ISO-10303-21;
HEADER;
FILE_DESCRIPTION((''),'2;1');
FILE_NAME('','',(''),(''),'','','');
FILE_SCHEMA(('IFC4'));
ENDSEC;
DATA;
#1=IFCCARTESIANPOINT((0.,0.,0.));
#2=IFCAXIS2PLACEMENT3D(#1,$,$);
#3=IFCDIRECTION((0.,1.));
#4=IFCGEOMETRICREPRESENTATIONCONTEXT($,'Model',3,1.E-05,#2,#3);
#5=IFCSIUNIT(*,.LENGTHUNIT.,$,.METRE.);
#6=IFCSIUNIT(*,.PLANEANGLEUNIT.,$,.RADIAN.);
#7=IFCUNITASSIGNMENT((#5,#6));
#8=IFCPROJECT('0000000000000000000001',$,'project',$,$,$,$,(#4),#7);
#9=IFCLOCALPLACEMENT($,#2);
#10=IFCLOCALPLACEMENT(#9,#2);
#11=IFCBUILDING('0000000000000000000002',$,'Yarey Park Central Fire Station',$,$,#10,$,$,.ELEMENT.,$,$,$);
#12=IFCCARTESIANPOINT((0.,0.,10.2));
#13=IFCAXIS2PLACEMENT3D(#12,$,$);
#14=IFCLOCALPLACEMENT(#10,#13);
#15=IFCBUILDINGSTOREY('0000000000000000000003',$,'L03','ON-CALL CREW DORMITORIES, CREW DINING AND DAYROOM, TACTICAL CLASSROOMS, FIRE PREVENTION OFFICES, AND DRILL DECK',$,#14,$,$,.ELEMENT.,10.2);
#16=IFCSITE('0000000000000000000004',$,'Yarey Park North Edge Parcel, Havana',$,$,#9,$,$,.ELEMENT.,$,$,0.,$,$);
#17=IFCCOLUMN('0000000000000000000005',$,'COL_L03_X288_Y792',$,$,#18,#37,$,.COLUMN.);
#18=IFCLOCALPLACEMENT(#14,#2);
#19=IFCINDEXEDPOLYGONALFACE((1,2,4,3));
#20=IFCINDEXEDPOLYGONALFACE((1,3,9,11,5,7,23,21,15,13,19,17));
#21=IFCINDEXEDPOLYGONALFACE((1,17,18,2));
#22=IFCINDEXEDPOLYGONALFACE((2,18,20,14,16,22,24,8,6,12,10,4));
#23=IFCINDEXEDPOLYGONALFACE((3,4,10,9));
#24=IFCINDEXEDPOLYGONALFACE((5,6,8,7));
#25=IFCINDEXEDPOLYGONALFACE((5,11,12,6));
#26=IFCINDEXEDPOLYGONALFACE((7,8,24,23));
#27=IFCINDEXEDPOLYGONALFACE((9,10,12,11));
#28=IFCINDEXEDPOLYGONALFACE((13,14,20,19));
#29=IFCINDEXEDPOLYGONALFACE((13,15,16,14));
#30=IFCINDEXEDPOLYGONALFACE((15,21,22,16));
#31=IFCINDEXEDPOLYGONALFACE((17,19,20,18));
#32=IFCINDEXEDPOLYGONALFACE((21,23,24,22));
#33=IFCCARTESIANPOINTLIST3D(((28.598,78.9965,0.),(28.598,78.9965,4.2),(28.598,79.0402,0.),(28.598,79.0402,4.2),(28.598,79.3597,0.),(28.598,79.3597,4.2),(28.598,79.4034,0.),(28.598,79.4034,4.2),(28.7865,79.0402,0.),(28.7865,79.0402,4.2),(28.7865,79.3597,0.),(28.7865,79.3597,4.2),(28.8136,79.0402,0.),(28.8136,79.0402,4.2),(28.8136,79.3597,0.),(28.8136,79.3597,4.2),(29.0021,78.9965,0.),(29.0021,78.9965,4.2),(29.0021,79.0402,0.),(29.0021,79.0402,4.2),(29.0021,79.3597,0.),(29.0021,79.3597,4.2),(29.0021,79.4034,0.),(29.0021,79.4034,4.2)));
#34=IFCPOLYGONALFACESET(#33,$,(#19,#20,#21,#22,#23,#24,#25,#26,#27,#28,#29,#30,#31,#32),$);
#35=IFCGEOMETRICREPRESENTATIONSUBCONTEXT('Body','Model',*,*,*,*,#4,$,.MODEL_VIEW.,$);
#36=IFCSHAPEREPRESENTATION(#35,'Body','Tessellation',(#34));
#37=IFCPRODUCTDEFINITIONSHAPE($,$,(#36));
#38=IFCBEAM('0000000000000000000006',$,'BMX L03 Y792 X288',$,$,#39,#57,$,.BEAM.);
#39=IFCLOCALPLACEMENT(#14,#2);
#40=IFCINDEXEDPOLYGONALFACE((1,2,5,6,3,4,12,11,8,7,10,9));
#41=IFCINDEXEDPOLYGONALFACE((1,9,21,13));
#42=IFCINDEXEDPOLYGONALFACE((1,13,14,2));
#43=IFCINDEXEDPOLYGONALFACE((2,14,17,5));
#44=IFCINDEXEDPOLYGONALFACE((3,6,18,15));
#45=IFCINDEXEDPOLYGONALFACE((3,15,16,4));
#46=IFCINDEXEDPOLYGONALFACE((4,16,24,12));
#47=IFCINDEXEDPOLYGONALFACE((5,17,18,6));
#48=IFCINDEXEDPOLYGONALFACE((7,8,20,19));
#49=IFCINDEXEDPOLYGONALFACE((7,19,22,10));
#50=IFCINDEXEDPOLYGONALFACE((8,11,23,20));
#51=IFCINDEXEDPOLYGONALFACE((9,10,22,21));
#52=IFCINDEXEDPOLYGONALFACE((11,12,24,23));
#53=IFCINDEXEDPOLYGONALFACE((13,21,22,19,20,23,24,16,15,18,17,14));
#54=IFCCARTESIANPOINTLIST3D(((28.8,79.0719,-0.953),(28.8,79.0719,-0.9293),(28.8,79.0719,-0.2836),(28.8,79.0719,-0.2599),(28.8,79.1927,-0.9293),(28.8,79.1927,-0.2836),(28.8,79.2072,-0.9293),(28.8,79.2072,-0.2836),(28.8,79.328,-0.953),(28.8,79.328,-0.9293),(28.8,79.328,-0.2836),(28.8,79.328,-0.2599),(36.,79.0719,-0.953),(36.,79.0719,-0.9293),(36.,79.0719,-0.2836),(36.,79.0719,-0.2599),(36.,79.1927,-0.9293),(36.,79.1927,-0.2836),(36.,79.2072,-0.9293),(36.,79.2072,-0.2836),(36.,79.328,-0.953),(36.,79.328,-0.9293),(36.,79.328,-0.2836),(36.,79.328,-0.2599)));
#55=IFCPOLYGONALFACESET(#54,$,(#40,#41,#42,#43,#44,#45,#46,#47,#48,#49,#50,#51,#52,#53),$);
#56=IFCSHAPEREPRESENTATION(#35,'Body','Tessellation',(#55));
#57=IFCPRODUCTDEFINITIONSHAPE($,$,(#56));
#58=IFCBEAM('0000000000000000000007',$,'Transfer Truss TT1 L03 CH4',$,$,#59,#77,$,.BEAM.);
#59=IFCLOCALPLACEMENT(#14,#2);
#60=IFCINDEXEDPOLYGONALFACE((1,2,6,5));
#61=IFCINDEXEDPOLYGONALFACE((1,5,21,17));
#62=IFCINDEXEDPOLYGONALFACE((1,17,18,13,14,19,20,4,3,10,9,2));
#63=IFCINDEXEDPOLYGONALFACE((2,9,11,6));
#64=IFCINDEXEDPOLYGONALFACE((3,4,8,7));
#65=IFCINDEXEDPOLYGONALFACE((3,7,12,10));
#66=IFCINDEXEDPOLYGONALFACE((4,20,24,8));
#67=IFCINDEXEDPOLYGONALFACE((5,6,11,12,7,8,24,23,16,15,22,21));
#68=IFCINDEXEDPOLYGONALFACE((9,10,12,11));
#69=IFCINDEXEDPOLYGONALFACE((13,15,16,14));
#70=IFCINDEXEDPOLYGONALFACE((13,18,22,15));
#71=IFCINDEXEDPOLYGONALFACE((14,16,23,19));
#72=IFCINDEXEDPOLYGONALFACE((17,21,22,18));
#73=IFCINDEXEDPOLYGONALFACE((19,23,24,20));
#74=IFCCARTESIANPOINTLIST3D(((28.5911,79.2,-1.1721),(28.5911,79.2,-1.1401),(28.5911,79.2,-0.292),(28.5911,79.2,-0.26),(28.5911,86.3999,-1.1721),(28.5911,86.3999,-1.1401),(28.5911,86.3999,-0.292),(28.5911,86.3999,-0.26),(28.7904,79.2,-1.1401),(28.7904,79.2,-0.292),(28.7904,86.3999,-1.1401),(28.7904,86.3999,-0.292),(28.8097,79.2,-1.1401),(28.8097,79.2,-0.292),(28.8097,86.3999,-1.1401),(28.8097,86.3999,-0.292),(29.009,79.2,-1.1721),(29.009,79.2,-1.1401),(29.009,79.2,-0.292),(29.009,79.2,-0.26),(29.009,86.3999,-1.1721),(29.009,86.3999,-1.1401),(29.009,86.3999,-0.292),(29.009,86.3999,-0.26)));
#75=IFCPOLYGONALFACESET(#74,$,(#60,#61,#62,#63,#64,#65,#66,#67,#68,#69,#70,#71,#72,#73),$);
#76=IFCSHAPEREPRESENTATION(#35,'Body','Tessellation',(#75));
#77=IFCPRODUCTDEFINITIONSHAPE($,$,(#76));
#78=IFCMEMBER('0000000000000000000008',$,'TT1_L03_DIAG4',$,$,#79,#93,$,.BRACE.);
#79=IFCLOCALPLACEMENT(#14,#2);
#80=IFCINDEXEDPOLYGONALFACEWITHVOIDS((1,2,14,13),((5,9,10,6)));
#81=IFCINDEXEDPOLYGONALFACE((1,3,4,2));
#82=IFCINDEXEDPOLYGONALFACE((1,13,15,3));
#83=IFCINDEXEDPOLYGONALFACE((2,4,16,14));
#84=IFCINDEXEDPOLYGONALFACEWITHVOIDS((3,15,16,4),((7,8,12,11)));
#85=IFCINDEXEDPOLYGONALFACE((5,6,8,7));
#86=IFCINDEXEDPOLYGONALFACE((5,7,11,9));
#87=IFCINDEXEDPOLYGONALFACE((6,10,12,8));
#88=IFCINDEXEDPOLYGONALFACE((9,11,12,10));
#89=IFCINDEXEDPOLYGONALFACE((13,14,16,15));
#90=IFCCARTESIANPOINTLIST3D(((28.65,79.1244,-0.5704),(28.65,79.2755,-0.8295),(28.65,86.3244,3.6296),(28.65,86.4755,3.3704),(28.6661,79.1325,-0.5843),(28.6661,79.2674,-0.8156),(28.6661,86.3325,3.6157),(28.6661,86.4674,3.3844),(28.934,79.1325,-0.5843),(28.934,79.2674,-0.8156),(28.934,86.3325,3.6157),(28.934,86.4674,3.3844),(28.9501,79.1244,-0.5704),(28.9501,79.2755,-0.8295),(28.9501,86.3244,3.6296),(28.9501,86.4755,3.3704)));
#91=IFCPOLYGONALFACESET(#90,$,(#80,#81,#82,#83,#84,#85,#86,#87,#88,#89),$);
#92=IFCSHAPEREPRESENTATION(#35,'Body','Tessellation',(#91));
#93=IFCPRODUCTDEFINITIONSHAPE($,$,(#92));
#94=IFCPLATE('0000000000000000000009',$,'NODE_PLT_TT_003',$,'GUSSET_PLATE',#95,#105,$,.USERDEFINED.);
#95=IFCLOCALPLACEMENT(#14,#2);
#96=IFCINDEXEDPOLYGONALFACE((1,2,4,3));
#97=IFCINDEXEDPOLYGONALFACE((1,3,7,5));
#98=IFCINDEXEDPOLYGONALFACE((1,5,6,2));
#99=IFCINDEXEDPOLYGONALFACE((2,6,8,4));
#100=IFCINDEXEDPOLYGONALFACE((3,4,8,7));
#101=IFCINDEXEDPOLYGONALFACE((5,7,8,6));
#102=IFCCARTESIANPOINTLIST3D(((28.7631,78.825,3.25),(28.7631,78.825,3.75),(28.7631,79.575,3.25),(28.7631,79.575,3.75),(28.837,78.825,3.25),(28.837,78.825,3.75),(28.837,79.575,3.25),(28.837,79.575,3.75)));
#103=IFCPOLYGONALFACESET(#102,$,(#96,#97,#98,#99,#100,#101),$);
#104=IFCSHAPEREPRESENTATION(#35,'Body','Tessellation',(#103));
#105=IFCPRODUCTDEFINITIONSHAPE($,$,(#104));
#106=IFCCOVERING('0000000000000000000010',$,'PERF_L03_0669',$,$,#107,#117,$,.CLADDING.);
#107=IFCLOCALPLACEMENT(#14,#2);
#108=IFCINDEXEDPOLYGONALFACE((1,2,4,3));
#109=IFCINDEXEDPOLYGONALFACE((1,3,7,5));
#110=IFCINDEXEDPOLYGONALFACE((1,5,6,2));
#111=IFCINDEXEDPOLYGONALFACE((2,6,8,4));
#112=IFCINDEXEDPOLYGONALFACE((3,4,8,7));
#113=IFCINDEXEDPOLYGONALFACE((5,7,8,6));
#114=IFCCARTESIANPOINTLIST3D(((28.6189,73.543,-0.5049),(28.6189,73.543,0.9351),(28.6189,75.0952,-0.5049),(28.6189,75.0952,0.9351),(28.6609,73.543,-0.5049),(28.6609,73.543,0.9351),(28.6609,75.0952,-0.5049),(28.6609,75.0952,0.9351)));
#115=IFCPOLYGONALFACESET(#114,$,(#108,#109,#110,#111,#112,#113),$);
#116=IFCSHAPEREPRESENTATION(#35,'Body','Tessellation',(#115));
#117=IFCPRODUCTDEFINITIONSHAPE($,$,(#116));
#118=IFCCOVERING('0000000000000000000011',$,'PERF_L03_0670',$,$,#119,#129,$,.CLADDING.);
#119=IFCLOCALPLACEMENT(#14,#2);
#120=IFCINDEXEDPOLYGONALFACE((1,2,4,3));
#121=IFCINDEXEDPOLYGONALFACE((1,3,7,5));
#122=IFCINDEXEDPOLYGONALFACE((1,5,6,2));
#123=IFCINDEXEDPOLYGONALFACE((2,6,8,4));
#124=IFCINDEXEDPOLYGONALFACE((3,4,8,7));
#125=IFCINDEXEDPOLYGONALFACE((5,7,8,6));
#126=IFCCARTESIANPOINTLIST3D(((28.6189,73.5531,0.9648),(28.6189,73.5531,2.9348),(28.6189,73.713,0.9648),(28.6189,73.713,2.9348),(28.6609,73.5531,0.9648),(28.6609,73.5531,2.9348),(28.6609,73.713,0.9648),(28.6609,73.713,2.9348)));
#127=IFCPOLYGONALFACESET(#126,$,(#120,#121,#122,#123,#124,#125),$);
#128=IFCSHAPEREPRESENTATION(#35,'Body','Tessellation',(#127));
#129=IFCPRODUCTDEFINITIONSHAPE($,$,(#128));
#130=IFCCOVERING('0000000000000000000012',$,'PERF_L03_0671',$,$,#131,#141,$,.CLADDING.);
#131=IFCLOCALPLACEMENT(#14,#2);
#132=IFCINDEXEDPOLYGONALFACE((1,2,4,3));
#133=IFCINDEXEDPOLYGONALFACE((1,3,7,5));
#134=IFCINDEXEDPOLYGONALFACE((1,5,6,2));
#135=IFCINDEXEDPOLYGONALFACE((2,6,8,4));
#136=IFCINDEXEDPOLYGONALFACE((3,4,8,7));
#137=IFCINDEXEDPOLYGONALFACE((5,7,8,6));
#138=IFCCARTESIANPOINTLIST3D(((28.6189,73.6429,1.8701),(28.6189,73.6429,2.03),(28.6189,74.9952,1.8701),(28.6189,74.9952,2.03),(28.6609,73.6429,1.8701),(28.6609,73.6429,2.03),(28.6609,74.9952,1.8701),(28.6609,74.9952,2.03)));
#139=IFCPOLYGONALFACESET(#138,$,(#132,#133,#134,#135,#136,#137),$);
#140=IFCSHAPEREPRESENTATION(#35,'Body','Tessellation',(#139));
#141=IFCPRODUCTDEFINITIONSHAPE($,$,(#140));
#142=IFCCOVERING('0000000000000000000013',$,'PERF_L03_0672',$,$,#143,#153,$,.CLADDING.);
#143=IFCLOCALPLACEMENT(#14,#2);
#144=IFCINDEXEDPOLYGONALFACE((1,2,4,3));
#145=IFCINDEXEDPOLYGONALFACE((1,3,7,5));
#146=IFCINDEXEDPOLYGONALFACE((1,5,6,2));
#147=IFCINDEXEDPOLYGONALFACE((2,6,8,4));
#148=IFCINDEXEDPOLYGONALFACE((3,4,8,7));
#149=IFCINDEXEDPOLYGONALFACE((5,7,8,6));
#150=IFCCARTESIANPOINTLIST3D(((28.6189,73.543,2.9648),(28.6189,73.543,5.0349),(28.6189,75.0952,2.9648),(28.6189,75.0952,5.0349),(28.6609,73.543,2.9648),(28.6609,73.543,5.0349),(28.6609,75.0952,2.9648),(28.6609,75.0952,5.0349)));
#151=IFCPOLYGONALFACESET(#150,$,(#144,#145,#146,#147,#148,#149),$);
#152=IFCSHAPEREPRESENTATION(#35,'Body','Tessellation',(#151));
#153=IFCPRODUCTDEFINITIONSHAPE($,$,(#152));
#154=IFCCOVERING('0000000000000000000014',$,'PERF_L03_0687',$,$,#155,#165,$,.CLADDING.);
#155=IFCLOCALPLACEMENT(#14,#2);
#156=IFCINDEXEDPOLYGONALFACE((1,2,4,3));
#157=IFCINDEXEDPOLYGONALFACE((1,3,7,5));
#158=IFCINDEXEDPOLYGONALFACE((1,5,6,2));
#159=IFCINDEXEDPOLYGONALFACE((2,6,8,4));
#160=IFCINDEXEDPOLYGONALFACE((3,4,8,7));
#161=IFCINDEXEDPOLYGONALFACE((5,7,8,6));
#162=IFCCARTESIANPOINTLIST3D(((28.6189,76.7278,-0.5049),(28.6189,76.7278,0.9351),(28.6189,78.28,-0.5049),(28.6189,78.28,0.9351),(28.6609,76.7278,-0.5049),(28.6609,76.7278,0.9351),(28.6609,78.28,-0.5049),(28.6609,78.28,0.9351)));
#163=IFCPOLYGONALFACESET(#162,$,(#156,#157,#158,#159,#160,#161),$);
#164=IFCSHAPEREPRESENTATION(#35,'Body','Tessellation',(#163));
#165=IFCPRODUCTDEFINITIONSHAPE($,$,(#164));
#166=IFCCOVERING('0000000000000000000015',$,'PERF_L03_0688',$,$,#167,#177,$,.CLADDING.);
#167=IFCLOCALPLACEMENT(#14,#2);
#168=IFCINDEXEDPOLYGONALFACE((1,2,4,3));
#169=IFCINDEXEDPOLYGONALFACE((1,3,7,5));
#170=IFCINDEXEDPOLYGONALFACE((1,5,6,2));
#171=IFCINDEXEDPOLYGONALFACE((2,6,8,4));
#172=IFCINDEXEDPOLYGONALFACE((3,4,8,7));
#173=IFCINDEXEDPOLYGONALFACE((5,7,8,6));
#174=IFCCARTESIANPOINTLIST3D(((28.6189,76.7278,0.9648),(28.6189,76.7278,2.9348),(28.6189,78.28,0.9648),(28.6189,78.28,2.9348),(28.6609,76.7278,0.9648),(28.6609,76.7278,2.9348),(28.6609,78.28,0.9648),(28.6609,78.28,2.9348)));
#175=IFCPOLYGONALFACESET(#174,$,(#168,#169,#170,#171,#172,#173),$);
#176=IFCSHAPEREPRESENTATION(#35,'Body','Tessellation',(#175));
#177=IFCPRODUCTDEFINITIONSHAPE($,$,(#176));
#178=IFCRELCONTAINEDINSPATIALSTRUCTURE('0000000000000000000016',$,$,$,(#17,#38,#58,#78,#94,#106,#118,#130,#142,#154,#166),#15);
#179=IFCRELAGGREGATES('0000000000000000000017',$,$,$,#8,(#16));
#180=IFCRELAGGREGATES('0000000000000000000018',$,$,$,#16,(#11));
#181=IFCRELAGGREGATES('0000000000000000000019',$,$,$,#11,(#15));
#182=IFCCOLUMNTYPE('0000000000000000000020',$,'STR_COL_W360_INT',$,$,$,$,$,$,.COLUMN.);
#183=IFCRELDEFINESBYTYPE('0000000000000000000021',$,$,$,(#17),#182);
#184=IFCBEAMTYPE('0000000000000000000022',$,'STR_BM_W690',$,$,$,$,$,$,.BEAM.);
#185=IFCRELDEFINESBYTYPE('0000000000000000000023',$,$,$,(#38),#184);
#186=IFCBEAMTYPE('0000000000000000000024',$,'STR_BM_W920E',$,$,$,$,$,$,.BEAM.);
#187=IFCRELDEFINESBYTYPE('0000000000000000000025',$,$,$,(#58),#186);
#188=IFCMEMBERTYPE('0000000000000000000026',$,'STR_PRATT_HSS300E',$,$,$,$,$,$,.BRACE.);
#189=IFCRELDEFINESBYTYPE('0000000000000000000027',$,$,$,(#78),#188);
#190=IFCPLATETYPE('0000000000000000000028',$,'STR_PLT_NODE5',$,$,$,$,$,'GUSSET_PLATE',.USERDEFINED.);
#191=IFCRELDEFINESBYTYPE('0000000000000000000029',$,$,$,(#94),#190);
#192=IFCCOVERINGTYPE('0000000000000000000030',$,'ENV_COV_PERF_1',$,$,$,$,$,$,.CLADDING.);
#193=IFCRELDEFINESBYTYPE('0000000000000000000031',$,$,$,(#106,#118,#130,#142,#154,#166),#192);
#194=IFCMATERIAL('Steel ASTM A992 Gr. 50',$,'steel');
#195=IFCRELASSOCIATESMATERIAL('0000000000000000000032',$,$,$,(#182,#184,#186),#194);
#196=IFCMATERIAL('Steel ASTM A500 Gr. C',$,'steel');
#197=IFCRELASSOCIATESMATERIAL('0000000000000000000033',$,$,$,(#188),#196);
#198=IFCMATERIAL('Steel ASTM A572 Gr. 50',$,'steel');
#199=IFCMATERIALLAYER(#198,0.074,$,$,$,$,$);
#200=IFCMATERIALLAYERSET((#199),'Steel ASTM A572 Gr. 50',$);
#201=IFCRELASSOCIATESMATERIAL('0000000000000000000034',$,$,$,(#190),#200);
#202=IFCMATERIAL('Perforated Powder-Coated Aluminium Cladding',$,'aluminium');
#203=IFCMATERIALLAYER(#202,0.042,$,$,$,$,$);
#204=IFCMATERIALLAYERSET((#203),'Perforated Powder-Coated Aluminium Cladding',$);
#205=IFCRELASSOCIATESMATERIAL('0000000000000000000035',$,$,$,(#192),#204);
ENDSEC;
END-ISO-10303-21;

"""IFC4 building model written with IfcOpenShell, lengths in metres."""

from ifc_helpers import new_model, si_unit, direction, frame, origin, origin_2d, place, context, subcontext, project, spatial, rectangle, hollow_rectangle, i_section, extrude, material, layer, layer_set, material_profile, profile_set, type_object, element, save


model = new_model("IFC4")

# Units and contexts
model_context = context("Model", 3, precision=1e-05, world=origin(), true_north=direction((0.0, 1.0)))
body_context = subcontext(model_context, "Body", "Model", "MODEL_VIEW")
ifc_project = project(units=[si_unit("LENGTHUNIT", "METRE"), si_unit("PLANEANGLEUNIT", "RADIAN")], contexts=[model_context])

# Site, building, storey
site_placement = place(None, origin())
site = spatial("IfcSite", under=ifc_project, at=site_placement, Name="Yarey Park North Edge Parcel, Havana", CompositionType="ELEMENT", RefElevation=0.0)
building_placement = place(site_placement, origin())
building = spatial("IfcBuilding", under=site, at=building_placement, Name="Yarey Park Central Fire Station", CompositionType="ELEMENT")
storey_placement = place(building_placement, frame((0.0, 0.0, 10.2)))
storey = spatial("IfcBuildingStorey", under=building, at=storey_placement, Name="L03", Description="ON-CALL CREW DORMITORIES, CREW DINING AND DAYROOM, TACTICAL CLASSROOMS, FIRE PREVENTION OFFICES, AND DRILL DECK", CompositionType="ELEMENT", Elevation=10.2)

# Column
ifc_material_1 = material(Name="Steel ASTM A992 Gr. 50", Category="steel")
ifc_material_profile_1 = material_profile(ifc_material_1, i_section(OverallWidth=0.4041, OverallDepth=0.407, WebThickness=0.0271, FlangeThickness=0.0437, at=origin_2d()), Name="W360x347")
ifc_profile_set_1 = profile_set([ifc_material_profile_1], Name="Steel ASTM A992 Gr. 50")
column_type = type_object("IfcColumnType", Name="STR_COL_W360_INT", PredefinedType="COLUMN", material=ifc_profile_set_1)
column_placement = place(storey_placement, frame((28.8, 79.2, 0.0), z_axis=(0.0, 0.0, 1.0), x_axis=(1.0, 0.0, 0.0)))
element("IfcColumn", 1, at=column_placement, inside=storey, type_object=column_type, Name="COL_L03_X288_Y792", PredefinedType="COLUMN", context=body_context, shape_type="SweptSolid", body=[
    extrude(i_section(OverallWidth=0.4041, OverallDepth=0.407, WebThickness=0.0271, FlangeThickness=0.0437, at=origin_2d()), origin(), (0.0, 0.0, 1.0), 4.2),
])

# Beams
ifc_material_profile_2 = material_profile(ifc_material_1, i_section(OverallWidth=0.2561, OverallDepth=0.6931, WebThickness=0.0144, FlangeThickness=0.0237, at=origin_2d()), Name="W690x170")
ifc_profile_set_2 = profile_set([ifc_material_profile_2], Name="Steel ASTM A992 Gr. 50")
beam_type_1 = type_object("IfcBeamType", Name="STR_BM_W690", PredefinedType="BEAM", material=ifc_profile_set_2)
beam_1_placement = place(storey_placement, frame((28.8, 79.2, -0.6064), z_axis=(1.0, 0.0, 0.0), x_axis=(0.0, 1.0, 0.0)))
element("IfcBeam", 2, at=beam_1_placement, inside=storey, type_object=beam_type_1, Name="BMX L03 Y792 X288", PredefinedType="BEAM", context=body_context, shape_type="SweptSolid", body=[
    extrude(i_section(OverallWidth=0.2561, OverallDepth=0.6931, WebThickness=0.0144, FlangeThickness=0.0237, at=origin_2d()), origin(), (0.0, 0.0, 1.0), 7.2),
])
ifc_material_profile_3 = material_profile(ifc_material_1, i_section(OverallWidth=0.418, OverallDepth=0.9121, WebThickness=0.0193, FlangeThickness=0.032, at=origin_2d()), Name="W920x342")
ifc_profile_set_3 = profile_set([ifc_material_profile_3], Name="Steel ASTM A992 Gr. 50")
beam_type_2 = type_object("IfcBeamType", Name="STR_BM_W920E", PredefinedType="BEAM", material=ifc_profile_set_3)
beam_2_placement = place(storey_placement, frame((28.8, 79.2, -0.7161), z_axis=(0.0, 1.0, 0.0), x_axis=(-1.0, 0.0, 0.0)))
element("IfcBeam", 3, at=beam_2_placement, inside=storey, type_object=beam_type_2, Name="Transfer Truss TT1 L03 CH4", PredefinedType="BEAM", context=body_context, shape_type="SweptSolid", body=[
    extrude(i_section(OverallWidth=0.418, OverallDepth=0.9121, WebThickness=0.0193, FlangeThickness=0.032, at=origin_2d()), origin(), (0.0, 0.0, 1.0), 7.2),
])

# Member
ifc_material_2 = material(Name="Steel ASTM A500 Gr. C", Category="steel")
ifc_material_profile_4 = material_profile(ifc_material_2, hollow_rectangle(XDim=0.3, YDim=0.3, WallThickness=0.0161, at=origin_2d()), Name="HSS 300x300x16")
ifc_profile_set_4 = profile_set([ifc_material_profile_4], Name="Steel ASTM A500 Gr. C")
member_type = type_object("IfcMemberType", Name="STR_PRATT_HSS300E", PredefinedType="BRACE", material=ifc_profile_set_4)
member_placement = place(storey_placement, frame((28.8, 79.2, -0.7), z_axis=(0.0, 0.86378, 0.503869), x_axis=(-1.0, 0.0, 0.0)))
element("IfcMember", 4, at=member_placement, inside=storey, type_object=member_type, Name="TT1_L03_DIAG4", PredefinedType="BRACE", context=body_context, shape_type="SweptSolid", body=[
    extrude(hollow_rectangle(XDim=0.3, YDim=0.3, WallThickness=0.0161, at=origin_2d()), origin(), (0.0, 0.0, 1.0), 8.3354),
])

# Plate
ifc_material_3 = material(Name="Steel ASTM A572 Gr. 50", Category="steel")
ifc_layer_1 = layer(ifc_material_3, 0.074)
ifc_layer_set_1 = layer_set([ifc_layer_1], Name="Steel ASTM A572 Gr. 50")
plate_type = type_object("IfcPlateType", Name="STR_PLT_NODE5", ElementType="GUSSET_PLATE", PredefinedType="USERDEFINED", material=ifc_layer_set_1)
plate_placement = place(storey_placement, frame((28.8, 79.2, 3.25), z_axis=(0.0, 0.0, 1.0), x_axis=(1.0, 0.0, 0.0)))
element("IfcPlate", 5, at=plate_placement, inside=storey, type_object=plate_type, Name="NODE_PLT_TT_003", ObjectType="GUSSET_PLATE", PredefinedType="USERDEFINED", context=body_context, shape_type="SweptSolid", body=[
    extrude(rectangle(XDim=0.074, YDim=0.75, at=origin_2d()), origin(), (0.0, 0.0, 1.0), 0.5),
])

# Coverings
ifc_material_4 = material(Name="Perforated Powder-Coated Aluminium Cladding", Category="aluminium")
ifc_layer_2 = layer(ifc_material_4, 0.042)
ifc_layer_set_2 = layer_set([ifc_layer_2], Name="Perforated Powder-Coated Aluminium Cladding")
covering_type_1 = type_object("IfcCoveringType", Name="ENV_COV_PERF_1", PredefinedType="CLADDING", material=ifc_layer_set_2)
covering_1_placement = place(storey_placement, frame((28.6399, 74.3191, -0.5049), z_axis=(0.0, 0.0, 1.0), x_axis=(0.0, 1.0, 0.0)))
element("IfcCovering", 6, at=covering_1_placement, inside=storey, type_object=covering_type_1, Name="PERF_L03_0669", PredefinedType="CLADDING", context=body_context, shape_type="SweptSolid", body=[
    extrude(rectangle(XDim=1.5522, YDim=0.042, at=origin_2d()), origin(), (0.0, 0.0, 1.0), 1.4399),
])
covering_2_placement = place(storey_placement, frame((28.6399, 73.6331, 0.9648), z_axis=(0.0, 0.0, 1.0), x_axis=(0.0, 1.0, 0.0)))
element("IfcCovering", 7, at=covering_2_placement, inside=storey, type_object=covering_type_1, Name="PERF_L03_0670", PredefinedType="CLADDING", context=body_context, shape_type="SweptSolid", body=[
    extrude(rectangle(XDim=0.1599, YDim=0.042, at=origin_2d()), origin(), (0.0, 0.0, 1.0), 1.97),
])
covering_3_placement = place(storey_placement, frame((28.6399, 74.3191, 1.8701), z_axis=(0.0, 0.0, 1.0), x_axis=(0.0, 1.0, 0.0)))
element("IfcCovering", 8, at=covering_3_placement, inside=storey, type_object=covering_type_1, Name="PERF_L03_0671", PredefinedType="CLADDING", context=body_context, shape_type="SweptSolid", body=[
    extrude(rectangle(XDim=1.3523, YDim=0.042, at=origin_2d()), origin(), (0.0, 0.0, 1.0), 0.1599),
])
covering_4_placement = place(storey_placement, frame((28.6399, 74.3191, 2.9648), z_axis=(0.0, 0.0, 1.0), x_axis=(0.0, 1.0, 0.0)))
element("IfcCovering", 9, at=covering_4_placement, inside=storey, type_object=covering_type_1, Name="PERF_L03_0672", PredefinedType="CLADDING", context=body_context, shape_type="SweptSolid", body=[
    extrude(rectangle(XDim=1.5522, YDim=0.042, at=origin_2d()), origin(), (0.0, 0.0, 1.0), 2.0701),
])
covering_5_placement = place(storey_placement, frame((28.6399, 77.5039, -0.5049), z_axis=(0.0, 0.0, 1.0), x_axis=(0.0, 1.0, 0.0)))
element("IfcCovering", 10, at=covering_5_placement, inside=storey, type_object=covering_type_1, Name="PERF_L03_0687", PredefinedType="CLADDING", context=body_context, shape_type="SweptSolid", body=[
    extrude(rectangle(XDim=1.5522, YDim=0.042, at=origin_2d()), origin(), (0.0, 0.0, 1.0), 1.4399),
])
covering_6_placement = place(storey_placement, frame((28.6399, 77.5039, 0.9648), z_axis=(0.0, 0.0, 1.0), x_axis=(0.0, 1.0, 0.0)))
element("IfcCovering", 11, at=covering_6_placement, inside=storey, type_object=covering_type_1, Name="PERF_L03_0688", PredefinedType="CLADDING", context=body_context, shape_type="SweptSolid", body=[
    extrude(rectangle(XDim=1.5522, YDim=0.042, at=origin_2d()), origin(), (0.0, 0.0, 1.0), 1.97),
])

save(model, "model.ifc")
